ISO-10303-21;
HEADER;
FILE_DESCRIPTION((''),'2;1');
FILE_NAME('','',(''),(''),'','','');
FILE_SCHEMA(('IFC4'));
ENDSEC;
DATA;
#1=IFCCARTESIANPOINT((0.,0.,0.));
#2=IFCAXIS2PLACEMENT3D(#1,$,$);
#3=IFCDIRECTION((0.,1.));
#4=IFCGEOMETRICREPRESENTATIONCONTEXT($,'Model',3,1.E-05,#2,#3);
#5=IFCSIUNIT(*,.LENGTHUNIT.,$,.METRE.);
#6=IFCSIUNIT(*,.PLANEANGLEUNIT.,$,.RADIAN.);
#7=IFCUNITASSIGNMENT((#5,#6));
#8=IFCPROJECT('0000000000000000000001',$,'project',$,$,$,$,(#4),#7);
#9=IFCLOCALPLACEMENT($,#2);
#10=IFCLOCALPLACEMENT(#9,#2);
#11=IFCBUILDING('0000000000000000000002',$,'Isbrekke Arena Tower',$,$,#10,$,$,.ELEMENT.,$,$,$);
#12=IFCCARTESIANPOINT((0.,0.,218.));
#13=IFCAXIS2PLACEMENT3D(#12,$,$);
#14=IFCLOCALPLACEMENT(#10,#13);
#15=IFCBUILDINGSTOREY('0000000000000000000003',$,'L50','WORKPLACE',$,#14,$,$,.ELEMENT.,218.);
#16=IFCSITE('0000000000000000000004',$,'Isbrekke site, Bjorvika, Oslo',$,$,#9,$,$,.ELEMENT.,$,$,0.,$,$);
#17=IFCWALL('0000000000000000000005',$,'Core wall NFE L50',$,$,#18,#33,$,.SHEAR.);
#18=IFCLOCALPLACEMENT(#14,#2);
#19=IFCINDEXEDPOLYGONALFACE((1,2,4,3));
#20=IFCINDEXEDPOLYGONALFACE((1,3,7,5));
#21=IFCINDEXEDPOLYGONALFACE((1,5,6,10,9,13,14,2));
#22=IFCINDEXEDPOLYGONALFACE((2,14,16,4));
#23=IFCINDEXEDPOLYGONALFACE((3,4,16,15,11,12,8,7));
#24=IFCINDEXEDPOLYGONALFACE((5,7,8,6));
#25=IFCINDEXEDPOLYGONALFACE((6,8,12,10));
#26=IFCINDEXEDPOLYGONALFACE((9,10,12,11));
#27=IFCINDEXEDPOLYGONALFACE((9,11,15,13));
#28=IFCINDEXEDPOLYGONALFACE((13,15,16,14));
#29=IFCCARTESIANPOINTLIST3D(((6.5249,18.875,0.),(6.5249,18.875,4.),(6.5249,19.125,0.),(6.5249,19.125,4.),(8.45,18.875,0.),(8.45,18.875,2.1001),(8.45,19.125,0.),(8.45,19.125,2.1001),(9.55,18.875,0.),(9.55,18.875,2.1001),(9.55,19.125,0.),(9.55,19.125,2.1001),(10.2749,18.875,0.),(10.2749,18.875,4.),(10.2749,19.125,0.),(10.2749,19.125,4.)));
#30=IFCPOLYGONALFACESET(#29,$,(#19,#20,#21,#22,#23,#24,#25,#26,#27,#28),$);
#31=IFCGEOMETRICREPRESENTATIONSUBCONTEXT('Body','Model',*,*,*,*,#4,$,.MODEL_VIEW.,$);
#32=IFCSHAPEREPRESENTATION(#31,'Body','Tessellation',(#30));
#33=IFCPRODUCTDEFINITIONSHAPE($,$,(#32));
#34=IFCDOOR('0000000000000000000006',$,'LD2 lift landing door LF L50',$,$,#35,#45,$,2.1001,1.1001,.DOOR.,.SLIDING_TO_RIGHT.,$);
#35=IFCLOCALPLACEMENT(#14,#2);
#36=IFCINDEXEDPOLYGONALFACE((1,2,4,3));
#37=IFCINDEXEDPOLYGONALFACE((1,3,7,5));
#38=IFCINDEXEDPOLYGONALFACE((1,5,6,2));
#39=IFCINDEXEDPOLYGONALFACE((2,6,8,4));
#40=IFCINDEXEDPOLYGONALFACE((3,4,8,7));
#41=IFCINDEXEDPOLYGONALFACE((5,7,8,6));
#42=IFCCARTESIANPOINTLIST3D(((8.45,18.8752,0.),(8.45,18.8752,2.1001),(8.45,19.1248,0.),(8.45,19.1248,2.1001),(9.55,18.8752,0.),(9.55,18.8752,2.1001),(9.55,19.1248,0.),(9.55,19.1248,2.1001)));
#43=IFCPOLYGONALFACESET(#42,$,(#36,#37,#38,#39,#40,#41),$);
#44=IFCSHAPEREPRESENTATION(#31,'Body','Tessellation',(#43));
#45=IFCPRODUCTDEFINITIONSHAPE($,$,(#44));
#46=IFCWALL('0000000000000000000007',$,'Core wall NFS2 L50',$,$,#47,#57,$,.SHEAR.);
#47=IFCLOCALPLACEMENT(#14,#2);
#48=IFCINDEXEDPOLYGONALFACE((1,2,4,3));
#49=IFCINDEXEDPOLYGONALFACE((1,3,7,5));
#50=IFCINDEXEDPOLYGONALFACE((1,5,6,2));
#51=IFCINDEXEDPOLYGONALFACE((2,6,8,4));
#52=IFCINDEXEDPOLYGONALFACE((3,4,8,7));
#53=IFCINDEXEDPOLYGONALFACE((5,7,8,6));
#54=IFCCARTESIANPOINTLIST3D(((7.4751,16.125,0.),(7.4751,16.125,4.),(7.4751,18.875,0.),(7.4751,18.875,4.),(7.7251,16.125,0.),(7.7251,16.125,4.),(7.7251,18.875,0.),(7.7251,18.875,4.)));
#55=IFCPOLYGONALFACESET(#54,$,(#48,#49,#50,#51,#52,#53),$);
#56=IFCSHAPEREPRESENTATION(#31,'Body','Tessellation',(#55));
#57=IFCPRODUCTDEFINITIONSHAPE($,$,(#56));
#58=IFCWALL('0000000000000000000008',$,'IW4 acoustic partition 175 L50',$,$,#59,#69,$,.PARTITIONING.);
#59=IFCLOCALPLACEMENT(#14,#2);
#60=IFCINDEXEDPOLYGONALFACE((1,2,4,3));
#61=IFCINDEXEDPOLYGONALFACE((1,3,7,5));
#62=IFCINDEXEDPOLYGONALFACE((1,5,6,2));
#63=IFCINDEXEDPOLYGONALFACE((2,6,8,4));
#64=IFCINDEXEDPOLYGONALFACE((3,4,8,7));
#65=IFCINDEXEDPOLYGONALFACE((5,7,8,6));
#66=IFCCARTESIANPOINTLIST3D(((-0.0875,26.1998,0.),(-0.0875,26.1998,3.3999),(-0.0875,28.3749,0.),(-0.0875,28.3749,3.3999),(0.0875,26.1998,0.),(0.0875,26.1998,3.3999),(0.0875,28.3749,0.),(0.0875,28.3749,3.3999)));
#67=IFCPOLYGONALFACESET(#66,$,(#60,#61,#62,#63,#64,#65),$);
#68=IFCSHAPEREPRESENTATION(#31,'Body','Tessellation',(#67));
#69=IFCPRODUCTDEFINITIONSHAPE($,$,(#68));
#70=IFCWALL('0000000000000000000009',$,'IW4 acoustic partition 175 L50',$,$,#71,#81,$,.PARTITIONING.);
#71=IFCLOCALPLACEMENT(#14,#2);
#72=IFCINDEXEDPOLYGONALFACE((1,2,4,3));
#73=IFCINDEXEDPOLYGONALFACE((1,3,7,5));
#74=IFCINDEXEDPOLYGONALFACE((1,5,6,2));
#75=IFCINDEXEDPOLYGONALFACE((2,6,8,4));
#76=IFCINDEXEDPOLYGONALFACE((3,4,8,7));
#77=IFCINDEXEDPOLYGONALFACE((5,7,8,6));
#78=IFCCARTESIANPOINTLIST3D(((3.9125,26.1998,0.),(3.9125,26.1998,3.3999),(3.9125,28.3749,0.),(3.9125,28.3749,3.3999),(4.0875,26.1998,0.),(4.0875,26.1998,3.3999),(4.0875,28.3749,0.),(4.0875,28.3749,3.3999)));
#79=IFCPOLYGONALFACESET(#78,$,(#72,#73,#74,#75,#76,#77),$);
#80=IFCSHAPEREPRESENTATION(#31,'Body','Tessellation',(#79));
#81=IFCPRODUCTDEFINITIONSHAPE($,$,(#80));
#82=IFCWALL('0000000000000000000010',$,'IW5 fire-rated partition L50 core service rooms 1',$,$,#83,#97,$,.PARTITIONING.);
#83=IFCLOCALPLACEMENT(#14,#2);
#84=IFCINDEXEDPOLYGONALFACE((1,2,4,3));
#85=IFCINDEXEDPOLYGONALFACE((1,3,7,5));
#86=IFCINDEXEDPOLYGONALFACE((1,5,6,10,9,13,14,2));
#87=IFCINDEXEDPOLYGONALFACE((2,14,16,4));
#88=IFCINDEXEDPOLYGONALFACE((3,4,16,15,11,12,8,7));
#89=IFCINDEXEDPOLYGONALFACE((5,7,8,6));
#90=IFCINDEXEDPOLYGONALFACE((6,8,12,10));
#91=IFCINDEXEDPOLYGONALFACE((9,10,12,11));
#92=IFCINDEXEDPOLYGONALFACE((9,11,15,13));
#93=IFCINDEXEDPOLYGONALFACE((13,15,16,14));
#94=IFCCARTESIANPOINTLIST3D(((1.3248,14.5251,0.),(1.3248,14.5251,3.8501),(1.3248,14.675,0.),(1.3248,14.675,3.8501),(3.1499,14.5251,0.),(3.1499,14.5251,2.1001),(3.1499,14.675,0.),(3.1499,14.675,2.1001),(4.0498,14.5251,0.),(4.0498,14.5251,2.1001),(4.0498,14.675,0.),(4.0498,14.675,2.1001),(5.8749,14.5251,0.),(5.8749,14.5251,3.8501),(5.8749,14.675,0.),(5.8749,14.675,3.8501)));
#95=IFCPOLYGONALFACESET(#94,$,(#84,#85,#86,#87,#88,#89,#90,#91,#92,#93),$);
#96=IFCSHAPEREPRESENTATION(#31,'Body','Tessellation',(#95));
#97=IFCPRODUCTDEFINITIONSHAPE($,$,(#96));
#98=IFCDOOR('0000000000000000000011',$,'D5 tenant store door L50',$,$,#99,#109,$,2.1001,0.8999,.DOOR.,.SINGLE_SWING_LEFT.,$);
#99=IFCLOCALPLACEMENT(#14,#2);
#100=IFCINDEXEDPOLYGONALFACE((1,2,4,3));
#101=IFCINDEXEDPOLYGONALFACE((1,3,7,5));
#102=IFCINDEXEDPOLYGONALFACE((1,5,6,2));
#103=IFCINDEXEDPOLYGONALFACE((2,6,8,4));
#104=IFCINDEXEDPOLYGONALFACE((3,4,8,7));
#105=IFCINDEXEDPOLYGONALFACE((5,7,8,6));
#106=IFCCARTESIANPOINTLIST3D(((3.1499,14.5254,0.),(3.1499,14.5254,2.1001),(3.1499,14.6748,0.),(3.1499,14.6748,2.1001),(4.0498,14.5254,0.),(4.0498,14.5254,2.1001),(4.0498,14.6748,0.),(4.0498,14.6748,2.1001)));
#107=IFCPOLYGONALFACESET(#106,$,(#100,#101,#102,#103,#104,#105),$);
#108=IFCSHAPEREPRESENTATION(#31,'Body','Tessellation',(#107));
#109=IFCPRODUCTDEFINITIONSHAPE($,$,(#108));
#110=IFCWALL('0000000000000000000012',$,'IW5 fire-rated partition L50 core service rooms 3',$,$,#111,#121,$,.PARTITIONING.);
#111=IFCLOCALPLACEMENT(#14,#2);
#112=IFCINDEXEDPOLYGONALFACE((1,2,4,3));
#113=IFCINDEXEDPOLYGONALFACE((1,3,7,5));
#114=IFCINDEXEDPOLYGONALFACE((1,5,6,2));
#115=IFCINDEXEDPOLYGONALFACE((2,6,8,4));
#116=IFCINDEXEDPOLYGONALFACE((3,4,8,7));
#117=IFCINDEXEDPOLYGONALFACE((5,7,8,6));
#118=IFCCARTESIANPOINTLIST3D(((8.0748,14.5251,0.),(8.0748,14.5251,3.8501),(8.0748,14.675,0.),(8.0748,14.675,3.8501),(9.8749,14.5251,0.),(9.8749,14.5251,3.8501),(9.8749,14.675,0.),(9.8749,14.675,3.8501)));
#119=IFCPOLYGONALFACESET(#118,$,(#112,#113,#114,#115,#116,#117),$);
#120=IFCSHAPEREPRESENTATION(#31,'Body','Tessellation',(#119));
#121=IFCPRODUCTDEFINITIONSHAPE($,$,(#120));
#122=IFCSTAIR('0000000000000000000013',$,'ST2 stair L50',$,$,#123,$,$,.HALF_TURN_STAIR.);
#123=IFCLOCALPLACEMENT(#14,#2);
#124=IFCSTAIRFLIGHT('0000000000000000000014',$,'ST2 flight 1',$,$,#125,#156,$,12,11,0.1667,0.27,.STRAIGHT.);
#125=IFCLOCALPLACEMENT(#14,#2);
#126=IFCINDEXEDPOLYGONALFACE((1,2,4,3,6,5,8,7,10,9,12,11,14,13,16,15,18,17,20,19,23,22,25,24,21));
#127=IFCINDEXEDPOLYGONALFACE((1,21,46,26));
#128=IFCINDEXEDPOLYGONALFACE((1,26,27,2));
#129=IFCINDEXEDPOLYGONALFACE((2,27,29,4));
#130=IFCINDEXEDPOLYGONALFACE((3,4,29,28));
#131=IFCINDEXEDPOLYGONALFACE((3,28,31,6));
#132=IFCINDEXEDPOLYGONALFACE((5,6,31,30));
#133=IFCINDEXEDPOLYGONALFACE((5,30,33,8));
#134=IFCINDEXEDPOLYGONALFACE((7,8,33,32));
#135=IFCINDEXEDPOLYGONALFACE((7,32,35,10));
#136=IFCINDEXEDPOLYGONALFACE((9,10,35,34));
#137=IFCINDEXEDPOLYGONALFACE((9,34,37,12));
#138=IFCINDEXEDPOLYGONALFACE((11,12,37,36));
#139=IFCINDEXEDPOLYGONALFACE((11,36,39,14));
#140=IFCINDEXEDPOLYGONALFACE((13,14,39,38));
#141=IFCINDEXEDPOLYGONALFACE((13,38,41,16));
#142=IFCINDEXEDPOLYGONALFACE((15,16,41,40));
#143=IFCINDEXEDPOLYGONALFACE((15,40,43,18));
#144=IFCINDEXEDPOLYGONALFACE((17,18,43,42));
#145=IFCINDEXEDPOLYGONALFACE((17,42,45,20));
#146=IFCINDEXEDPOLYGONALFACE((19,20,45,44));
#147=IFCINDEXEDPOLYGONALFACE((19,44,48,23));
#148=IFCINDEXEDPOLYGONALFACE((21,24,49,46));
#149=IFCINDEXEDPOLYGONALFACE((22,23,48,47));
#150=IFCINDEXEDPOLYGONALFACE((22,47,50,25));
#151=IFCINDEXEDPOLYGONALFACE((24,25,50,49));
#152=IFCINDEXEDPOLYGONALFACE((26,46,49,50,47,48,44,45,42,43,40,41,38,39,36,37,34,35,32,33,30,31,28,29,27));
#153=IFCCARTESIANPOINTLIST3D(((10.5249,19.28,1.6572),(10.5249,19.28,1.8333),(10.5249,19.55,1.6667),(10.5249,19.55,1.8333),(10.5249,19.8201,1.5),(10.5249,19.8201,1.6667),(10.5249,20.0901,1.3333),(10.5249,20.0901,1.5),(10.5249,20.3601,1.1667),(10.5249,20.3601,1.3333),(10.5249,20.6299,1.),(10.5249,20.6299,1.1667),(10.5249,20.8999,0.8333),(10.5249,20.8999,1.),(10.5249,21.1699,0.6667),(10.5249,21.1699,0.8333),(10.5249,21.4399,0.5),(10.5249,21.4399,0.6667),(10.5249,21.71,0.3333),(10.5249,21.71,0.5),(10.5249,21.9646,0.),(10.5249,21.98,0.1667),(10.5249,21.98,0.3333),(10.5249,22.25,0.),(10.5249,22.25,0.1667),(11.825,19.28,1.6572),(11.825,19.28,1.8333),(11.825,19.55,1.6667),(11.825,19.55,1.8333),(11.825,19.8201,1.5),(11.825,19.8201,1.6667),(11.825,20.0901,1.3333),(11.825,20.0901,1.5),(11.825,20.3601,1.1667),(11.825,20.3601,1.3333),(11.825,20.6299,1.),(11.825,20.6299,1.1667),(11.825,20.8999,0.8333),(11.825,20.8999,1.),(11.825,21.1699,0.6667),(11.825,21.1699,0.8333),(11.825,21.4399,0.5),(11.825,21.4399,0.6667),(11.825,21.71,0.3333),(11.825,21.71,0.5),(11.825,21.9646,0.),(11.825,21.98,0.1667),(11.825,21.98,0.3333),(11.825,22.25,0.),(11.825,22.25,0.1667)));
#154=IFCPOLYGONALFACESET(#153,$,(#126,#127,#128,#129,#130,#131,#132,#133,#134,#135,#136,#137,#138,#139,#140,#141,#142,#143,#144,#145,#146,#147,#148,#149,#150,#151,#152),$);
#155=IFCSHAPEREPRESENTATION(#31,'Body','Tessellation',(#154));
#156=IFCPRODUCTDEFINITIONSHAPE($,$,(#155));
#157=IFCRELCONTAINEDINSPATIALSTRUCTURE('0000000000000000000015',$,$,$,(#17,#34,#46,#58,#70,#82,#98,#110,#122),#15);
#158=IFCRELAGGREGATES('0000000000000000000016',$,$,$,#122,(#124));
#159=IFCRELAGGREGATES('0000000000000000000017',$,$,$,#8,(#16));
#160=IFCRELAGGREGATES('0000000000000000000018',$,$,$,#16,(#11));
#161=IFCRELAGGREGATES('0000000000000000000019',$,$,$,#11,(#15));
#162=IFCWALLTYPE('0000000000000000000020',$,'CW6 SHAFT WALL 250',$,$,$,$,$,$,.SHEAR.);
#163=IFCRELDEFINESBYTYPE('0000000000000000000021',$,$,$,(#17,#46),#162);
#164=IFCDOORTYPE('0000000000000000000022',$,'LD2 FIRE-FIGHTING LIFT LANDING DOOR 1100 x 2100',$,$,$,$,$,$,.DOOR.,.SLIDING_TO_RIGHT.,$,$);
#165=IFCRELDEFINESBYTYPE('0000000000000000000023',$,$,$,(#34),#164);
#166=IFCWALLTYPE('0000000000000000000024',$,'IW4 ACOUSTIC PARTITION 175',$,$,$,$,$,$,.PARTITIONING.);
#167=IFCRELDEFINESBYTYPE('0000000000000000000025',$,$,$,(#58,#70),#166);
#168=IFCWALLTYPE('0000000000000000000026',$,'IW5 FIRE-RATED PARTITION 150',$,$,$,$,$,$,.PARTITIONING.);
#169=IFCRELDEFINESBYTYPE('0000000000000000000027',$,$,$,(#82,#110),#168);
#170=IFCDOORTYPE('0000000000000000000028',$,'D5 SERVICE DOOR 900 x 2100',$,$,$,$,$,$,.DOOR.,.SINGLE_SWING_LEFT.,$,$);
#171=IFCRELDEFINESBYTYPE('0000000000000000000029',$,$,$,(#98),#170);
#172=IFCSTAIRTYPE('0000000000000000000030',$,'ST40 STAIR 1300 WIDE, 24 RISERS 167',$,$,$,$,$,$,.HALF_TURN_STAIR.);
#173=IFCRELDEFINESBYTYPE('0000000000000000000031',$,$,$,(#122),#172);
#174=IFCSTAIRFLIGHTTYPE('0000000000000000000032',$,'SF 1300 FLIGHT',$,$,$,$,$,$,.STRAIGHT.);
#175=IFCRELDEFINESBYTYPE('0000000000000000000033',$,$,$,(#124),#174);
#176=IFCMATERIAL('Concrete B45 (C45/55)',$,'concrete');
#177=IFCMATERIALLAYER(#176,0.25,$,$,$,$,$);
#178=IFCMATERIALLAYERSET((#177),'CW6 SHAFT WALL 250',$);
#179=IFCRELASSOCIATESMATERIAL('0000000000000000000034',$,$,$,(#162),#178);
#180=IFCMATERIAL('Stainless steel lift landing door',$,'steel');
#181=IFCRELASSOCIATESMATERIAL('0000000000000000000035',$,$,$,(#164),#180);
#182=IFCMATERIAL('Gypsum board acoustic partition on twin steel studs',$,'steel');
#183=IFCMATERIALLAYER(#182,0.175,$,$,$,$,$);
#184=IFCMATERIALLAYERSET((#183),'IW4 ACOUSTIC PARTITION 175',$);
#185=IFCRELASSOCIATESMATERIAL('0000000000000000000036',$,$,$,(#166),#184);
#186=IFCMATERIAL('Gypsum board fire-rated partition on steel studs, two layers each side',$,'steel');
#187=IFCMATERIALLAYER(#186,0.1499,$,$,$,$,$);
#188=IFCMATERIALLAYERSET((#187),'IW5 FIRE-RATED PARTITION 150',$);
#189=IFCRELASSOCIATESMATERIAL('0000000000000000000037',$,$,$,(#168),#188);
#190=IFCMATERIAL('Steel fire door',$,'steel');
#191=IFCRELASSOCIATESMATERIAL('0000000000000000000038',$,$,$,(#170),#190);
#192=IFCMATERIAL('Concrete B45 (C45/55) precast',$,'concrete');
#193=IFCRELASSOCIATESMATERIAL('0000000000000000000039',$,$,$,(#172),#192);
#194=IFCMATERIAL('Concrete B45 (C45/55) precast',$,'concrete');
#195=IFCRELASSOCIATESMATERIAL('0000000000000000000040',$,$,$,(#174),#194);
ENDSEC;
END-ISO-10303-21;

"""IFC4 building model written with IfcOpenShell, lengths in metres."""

from ifc_helpers import new_model, si_unit, direction, frame, frame_2d, origin, place, context, subcontext, project, spatial, polyline, rectangle, outline, extrude, material, layer, layer_set, type_object, element, fill, aggregate, save


model = new_model("IFC4")

# Units and contexts
model_context = context("Model", 3, precision=1e-05, world=origin(), true_north=direction((0.0, 1.0)))
body_context = subcontext(model_context, "Body", "Model", "MODEL_VIEW")
ifc_project = project(units=[si_unit("LENGTHUNIT", "METRE"), si_unit("PLANEANGLEUNIT", "RADIAN")], contexts=[model_context])

# Site, building, storey
site_placement = place(None, origin())
site = spatial("IfcSite", under=ifc_project, at=site_placement, Name="Isbrekke site, Bjorvika, Oslo", CompositionType="ELEMENT", RefElevation=0.0)
building_placement = place(site_placement, origin())
building = spatial("IfcBuilding", under=site, at=building_placement, Name="Isbrekke Arena Tower", CompositionType="ELEMENT")
storey_placement = place(building_placement, frame((0.0, 0.0, 218.0)))
storey = spatial("IfcBuildingStorey", under=building, at=storey_placement, Name="L50", Description="WORKPLACE", CompositionType="ELEMENT", Elevation=218.0)

# Shared definitions
ifc_material_1 = material(Name="Concrete B45 (C45/55)", Category="concrete")
ifc_layer_1 = layer(ifc_material_1, 0.25)
ifc_layer_set_1 = layer_set([ifc_layer_1], Name="CW6 SHAFT WALL 250")
wall_type_1 = type_object("IfcWallType", Name="CW6 SHAFT WALL 250", PredefinedType="SHEAR", material=ifc_layer_set_1)

# Wall, opening, door
wall_1_placement = place(storey_placement, frame((6.5249, 19.0, 0.0), z_axis=(0.0, 0.0, 1.0), x_axis=(1.0, 0.0, 0.0)))
wall_1 = element("IfcWall", 1, at=wall_1_placement, inside=storey, type_object=wall_type_1, Name="Core wall NFE L50", PredefinedType="SHEAR", context=body_context, shape_type="SweptSolid", body=[
    extrude(rectangle(XDim=3.75, YDim=0.25, at=frame_2d((1.875, 0.0))), origin(), (0.0, 0.0, 1.0), 4.0),
])
opening_1_placement = place(wall_1_placement, frame((1.925, 0.0, 0.0)))
opening_1 = element("IfcOpeningElement", 2, at=opening_1_placement, cuts=wall_1, PredefinedType="OPENING", context=body_context, shape_type="SweptSolid", body=[
    extrude(rectangle(XDim=1.1001, YDim=2.1001, at=frame_2d((0.55, 1.05))), frame((0.0, 0.1399, 0.0), z_axis=(0.0, -1.0, 0.0), x_axis=(1.0, 0.0, 0.0)), (0.0, 0.0, 1.0), 0.2798),
])
ifc_material_2 = material(Name="Stainless steel lift landing door", Category="steel")
door_type_1 = type_object("IfcDoorType", Name="LD2 FIRE-FIGHTING LIFT LANDING DOOR 1100 x 2100", OperationType="SLIDING_TO_RIGHT", PredefinedType="DOOR", material=ifc_material_2)
door_1_placement = place(opening_1_placement, origin())
door_1 = element("IfcDoor", 3, at=door_1_placement, inside=storey, type_object=door_type_1, Name="LD2 lift landing door LF L50", OperationType="SLIDING_TO_RIGHT", OverallHeight=2.1001, OverallWidth=1.1001, PredefinedType="DOOR", context=body_context, shape_type="SweptSolid", body=[
    extrude(rectangle(XDim=1.1001, YDim=2.1001, at=frame_2d((0.55, 1.05))), frame((0.0, 0.1248, 0.0), z_axis=(0.0, -1.0, 0.0), x_axis=(1.0, 0.0, 0.0)), (0.0, 0.0, 1.0), 0.2495),
])
fill(opening_1, door_1)

# Walls
wall_2_placement = place(storey_placement, frame((7.6001, 16.125, 0.0), z_axis=(0.0, 0.0, 1.0), x_axis=(0.0, 1.0, 0.0)))
element("IfcWall", 4, at=wall_2_placement, inside=storey, type_object=wall_type_1, Name="Core wall NFS2 L50", PredefinedType="SHEAR", context=body_context, shape_type="SweptSolid", body=[
    extrude(rectangle(XDim=2.75, YDim=0.25, at=frame_2d((1.375, 0.0))), origin(), (0.0, 0.0, 1.0), 4.0),
])
ifc_material_3 = material(Name="Gypsum board acoustic partition on twin steel studs", Category="steel")
ifc_layer_2 = layer(ifc_material_3, 0.175)
ifc_layer_set_2 = layer_set([ifc_layer_2], Name="IW4 ACOUSTIC PARTITION 175")
wall_type_2 = type_object("IfcWallType", Name="IW4 ACOUSTIC PARTITION 175", PredefinedType="PARTITIONING", material=ifc_layer_set_2)
for number, where, z_axis, x_axis, name in (
    (5, (0.0, 26.2, 0.0), (0.0, 0.0, 1.0), (0.0, 1.0, 0.0), "IW4 acoustic partition 175 L50"),
    (6, (4.0, 26.2, 0.0), (0.0, 0.0, 1.0), (0.0, 1.0, 0.0), "IW4 acoustic partition 175 L50"),
):
    element("IfcWall", number, at=place(storey_placement, frame(where, z_axis=z_axis, x_axis=x_axis)), inside=storey, type_object=wall_type_2, Name=name, PredefinedType="PARTITIONING", context=body_context, shape_type="SweptSolid", body=[
        extrude(rectangle(XDim=2.175, YDim=0.175, at=frame_2d((1.0874, 0.0))), origin(), (0.0, 0.0, 1.0), 3.3999),
    ])

# Wall, opening, door
ifc_material_4 = material(Name="Gypsum board fire-rated partition on steel studs, two layers each side", Category="steel")
ifc_layer_3 = layer(ifc_material_4, 0.1499)
ifc_layer_set_3 = layer_set([ifc_layer_3], Name="IW5 FIRE-RATED PARTITION 150")
wall_type_3 = type_object("IfcWallType", Name="IW5 FIRE-RATED PARTITION 150", PredefinedType="PARTITIONING", material=ifc_layer_set_3)
wall_3_placement = place(storey_placement, frame((1.325, 14.6001, 0.0), z_axis=(0.0, 0.0, 1.0), x_axis=(1.0, 0.0, 0.0)))
wall_3 = element("IfcWall", 7, at=wall_3_placement, inside=storey, type_object=wall_type_3, Name="IW5 fire-rated partition L50 core service rooms 1", PredefinedType="PARTITIONING", context=body_context, shape_type="SweptSolid", body=[
    extrude(rectangle(XDim=4.55, YDim=0.1499, at=frame_2d((2.2749, 0.0))), origin(), (0.0, 0.0, 1.0), 3.8501),
])
opening_2_placement = place(wall_3_placement, frame((1.825, 0.0, 0.0)))
opening_2 = element("IfcOpeningElement", 8, at=opening_2_placement, cuts=wall_3, PredefinedType="OPENING", context=body_context, shape_type="SweptSolid", body=[
    extrude(rectangle(XDim=0.8999, YDim=2.1001, at=frame_2d((0.45, 1.05))), frame((0.0, 0.0898, 0.0), z_axis=(0.0, -1.0, 0.0), x_axis=(1.0, 0.0, 0.0)), (0.0, 0.0, 1.0), 0.1797),
])
ifc_material_5 = material(Name="Steel fire door", Category="steel")
door_type_2 = type_object("IfcDoorType", Name="D5 SERVICE DOOR 900 x 2100", OperationType="SINGLE_SWING_LEFT", PredefinedType="DOOR", material=ifc_material_5)
door_2_placement = place(opening_2_placement, origin())
door_2 = element("IfcDoor", 9, at=door_2_placement, inside=storey, type_object=door_type_2, Name="D5 tenant store door L50", OperationType="SINGLE_SWING_LEFT", OverallHeight=2.1001, OverallWidth=0.8999, PredefinedType="DOOR", context=body_context, shape_type="SweptSolid", body=[
    extrude(rectangle(XDim=0.8999, YDim=2.1001, at=frame_2d((0.45, 1.05))), frame((0.0, 0.0747, 0.0), z_axis=(0.0, -1.0, 0.0), x_axis=(1.0, 0.0, 0.0)), (0.0, 0.0, 1.0), 0.1494),
])
fill(opening_2, door_2)

# Wall
wall_4_placement = place(storey_placement, frame((8.075, 14.6001, 0.0), z_axis=(0.0, 0.0, 1.0), x_axis=(1.0, 0.0, 0.0)))
element("IfcWall", 10, at=wall_4_placement, inside=storey, type_object=wall_type_3, Name="IW5 fire-rated partition L50 core service rooms 3", PredefinedType="PARTITIONING", context=body_context, shape_type="SweptSolid", body=[
    extrude(rectangle(XDim=1.8, YDim=0.1499, at=frame_2d((0.8999, 0.0))), origin(), (0.0, 0.0, 1.0), 3.8501),
])

# Stair, stair flight
ifc_material_6 = material(Name="Concrete B45 (C45/55) precast", Category="concrete")
stair_type = type_object("IfcStairType", Name="ST40 STAIR 1300 WIDE, 24 RISERS 167", PredefinedType="HALF_TURN_STAIR", material=ifc_material_6)
stair_placement = place(storey_placement, origin())
stair = element("IfcStair", 11, at=stair_placement, inside=storey, type_object=stair_type, Name="ST2 stair L50", PredefinedType="HALF_TURN_STAIR")
ifc_material_7 = material(Name="Concrete B45 (C45/55) precast", Category="concrete")
stair_flight_type = type_object("IfcStairFlightType", Name="SF 1300 FLIGHT", PredefinedType="STRAIGHT", material=ifc_material_7)
stair_flight_1_placement = place(storey_placement, frame((11.175, 22.25, 0.0), z_axis=(0.0, 0.0, 1.0), x_axis=(0.0, -1.0, 0.0)))
stair_flight_1 = element("IfcStairFlight", 12, at=stair_flight_1_placement, type_object=stair_flight_type, Name="ST2 flight 1", NumberOfRisers=12, NumberOfTreads=11, PredefinedType="STRAIGHT", RiserHeight=0.1667, TreadLength=0.27, context=body_context, shape_type="SweptSolid", body=[
    extrude(outline(polyline([(0.0, 0.0), (0.0, 0.1667), (0.27, 0.1667), (0.27, 0.3333), (0.54, 0.3333), (0.54, 0.5), (0.8101, 0.5), (0.8101, 0.6667), (1.0801, 0.6667), (1.0801, 0.8333), (1.3501, 0.8333), (1.3501, 1.0), (1.6201, 1.0), (1.6201, 1.1667), (1.8899, 1.1667), (1.8899, 1.3333), (2.1599, 1.3333), (2.1599, 1.5), (2.4299, 1.5), (2.4299, 1.6667), (2.7, 1.6667), (2.7, 1.8333), (2.97, 1.8333), (2.97, 2.0), (2.97, 1.6572), (0.2854, 0.0), (0.0, 0.0)])), frame((0.0, 0.6499, 0.0), z_axis=(0.0, -1.0, 0.0), x_axis=(1.0, 0.0, 0.0)), (0.0, 0.0, 1.0), 1.3),
])
aggregate(stair, [stair_flight_1])

save(model, "model.ifc")
